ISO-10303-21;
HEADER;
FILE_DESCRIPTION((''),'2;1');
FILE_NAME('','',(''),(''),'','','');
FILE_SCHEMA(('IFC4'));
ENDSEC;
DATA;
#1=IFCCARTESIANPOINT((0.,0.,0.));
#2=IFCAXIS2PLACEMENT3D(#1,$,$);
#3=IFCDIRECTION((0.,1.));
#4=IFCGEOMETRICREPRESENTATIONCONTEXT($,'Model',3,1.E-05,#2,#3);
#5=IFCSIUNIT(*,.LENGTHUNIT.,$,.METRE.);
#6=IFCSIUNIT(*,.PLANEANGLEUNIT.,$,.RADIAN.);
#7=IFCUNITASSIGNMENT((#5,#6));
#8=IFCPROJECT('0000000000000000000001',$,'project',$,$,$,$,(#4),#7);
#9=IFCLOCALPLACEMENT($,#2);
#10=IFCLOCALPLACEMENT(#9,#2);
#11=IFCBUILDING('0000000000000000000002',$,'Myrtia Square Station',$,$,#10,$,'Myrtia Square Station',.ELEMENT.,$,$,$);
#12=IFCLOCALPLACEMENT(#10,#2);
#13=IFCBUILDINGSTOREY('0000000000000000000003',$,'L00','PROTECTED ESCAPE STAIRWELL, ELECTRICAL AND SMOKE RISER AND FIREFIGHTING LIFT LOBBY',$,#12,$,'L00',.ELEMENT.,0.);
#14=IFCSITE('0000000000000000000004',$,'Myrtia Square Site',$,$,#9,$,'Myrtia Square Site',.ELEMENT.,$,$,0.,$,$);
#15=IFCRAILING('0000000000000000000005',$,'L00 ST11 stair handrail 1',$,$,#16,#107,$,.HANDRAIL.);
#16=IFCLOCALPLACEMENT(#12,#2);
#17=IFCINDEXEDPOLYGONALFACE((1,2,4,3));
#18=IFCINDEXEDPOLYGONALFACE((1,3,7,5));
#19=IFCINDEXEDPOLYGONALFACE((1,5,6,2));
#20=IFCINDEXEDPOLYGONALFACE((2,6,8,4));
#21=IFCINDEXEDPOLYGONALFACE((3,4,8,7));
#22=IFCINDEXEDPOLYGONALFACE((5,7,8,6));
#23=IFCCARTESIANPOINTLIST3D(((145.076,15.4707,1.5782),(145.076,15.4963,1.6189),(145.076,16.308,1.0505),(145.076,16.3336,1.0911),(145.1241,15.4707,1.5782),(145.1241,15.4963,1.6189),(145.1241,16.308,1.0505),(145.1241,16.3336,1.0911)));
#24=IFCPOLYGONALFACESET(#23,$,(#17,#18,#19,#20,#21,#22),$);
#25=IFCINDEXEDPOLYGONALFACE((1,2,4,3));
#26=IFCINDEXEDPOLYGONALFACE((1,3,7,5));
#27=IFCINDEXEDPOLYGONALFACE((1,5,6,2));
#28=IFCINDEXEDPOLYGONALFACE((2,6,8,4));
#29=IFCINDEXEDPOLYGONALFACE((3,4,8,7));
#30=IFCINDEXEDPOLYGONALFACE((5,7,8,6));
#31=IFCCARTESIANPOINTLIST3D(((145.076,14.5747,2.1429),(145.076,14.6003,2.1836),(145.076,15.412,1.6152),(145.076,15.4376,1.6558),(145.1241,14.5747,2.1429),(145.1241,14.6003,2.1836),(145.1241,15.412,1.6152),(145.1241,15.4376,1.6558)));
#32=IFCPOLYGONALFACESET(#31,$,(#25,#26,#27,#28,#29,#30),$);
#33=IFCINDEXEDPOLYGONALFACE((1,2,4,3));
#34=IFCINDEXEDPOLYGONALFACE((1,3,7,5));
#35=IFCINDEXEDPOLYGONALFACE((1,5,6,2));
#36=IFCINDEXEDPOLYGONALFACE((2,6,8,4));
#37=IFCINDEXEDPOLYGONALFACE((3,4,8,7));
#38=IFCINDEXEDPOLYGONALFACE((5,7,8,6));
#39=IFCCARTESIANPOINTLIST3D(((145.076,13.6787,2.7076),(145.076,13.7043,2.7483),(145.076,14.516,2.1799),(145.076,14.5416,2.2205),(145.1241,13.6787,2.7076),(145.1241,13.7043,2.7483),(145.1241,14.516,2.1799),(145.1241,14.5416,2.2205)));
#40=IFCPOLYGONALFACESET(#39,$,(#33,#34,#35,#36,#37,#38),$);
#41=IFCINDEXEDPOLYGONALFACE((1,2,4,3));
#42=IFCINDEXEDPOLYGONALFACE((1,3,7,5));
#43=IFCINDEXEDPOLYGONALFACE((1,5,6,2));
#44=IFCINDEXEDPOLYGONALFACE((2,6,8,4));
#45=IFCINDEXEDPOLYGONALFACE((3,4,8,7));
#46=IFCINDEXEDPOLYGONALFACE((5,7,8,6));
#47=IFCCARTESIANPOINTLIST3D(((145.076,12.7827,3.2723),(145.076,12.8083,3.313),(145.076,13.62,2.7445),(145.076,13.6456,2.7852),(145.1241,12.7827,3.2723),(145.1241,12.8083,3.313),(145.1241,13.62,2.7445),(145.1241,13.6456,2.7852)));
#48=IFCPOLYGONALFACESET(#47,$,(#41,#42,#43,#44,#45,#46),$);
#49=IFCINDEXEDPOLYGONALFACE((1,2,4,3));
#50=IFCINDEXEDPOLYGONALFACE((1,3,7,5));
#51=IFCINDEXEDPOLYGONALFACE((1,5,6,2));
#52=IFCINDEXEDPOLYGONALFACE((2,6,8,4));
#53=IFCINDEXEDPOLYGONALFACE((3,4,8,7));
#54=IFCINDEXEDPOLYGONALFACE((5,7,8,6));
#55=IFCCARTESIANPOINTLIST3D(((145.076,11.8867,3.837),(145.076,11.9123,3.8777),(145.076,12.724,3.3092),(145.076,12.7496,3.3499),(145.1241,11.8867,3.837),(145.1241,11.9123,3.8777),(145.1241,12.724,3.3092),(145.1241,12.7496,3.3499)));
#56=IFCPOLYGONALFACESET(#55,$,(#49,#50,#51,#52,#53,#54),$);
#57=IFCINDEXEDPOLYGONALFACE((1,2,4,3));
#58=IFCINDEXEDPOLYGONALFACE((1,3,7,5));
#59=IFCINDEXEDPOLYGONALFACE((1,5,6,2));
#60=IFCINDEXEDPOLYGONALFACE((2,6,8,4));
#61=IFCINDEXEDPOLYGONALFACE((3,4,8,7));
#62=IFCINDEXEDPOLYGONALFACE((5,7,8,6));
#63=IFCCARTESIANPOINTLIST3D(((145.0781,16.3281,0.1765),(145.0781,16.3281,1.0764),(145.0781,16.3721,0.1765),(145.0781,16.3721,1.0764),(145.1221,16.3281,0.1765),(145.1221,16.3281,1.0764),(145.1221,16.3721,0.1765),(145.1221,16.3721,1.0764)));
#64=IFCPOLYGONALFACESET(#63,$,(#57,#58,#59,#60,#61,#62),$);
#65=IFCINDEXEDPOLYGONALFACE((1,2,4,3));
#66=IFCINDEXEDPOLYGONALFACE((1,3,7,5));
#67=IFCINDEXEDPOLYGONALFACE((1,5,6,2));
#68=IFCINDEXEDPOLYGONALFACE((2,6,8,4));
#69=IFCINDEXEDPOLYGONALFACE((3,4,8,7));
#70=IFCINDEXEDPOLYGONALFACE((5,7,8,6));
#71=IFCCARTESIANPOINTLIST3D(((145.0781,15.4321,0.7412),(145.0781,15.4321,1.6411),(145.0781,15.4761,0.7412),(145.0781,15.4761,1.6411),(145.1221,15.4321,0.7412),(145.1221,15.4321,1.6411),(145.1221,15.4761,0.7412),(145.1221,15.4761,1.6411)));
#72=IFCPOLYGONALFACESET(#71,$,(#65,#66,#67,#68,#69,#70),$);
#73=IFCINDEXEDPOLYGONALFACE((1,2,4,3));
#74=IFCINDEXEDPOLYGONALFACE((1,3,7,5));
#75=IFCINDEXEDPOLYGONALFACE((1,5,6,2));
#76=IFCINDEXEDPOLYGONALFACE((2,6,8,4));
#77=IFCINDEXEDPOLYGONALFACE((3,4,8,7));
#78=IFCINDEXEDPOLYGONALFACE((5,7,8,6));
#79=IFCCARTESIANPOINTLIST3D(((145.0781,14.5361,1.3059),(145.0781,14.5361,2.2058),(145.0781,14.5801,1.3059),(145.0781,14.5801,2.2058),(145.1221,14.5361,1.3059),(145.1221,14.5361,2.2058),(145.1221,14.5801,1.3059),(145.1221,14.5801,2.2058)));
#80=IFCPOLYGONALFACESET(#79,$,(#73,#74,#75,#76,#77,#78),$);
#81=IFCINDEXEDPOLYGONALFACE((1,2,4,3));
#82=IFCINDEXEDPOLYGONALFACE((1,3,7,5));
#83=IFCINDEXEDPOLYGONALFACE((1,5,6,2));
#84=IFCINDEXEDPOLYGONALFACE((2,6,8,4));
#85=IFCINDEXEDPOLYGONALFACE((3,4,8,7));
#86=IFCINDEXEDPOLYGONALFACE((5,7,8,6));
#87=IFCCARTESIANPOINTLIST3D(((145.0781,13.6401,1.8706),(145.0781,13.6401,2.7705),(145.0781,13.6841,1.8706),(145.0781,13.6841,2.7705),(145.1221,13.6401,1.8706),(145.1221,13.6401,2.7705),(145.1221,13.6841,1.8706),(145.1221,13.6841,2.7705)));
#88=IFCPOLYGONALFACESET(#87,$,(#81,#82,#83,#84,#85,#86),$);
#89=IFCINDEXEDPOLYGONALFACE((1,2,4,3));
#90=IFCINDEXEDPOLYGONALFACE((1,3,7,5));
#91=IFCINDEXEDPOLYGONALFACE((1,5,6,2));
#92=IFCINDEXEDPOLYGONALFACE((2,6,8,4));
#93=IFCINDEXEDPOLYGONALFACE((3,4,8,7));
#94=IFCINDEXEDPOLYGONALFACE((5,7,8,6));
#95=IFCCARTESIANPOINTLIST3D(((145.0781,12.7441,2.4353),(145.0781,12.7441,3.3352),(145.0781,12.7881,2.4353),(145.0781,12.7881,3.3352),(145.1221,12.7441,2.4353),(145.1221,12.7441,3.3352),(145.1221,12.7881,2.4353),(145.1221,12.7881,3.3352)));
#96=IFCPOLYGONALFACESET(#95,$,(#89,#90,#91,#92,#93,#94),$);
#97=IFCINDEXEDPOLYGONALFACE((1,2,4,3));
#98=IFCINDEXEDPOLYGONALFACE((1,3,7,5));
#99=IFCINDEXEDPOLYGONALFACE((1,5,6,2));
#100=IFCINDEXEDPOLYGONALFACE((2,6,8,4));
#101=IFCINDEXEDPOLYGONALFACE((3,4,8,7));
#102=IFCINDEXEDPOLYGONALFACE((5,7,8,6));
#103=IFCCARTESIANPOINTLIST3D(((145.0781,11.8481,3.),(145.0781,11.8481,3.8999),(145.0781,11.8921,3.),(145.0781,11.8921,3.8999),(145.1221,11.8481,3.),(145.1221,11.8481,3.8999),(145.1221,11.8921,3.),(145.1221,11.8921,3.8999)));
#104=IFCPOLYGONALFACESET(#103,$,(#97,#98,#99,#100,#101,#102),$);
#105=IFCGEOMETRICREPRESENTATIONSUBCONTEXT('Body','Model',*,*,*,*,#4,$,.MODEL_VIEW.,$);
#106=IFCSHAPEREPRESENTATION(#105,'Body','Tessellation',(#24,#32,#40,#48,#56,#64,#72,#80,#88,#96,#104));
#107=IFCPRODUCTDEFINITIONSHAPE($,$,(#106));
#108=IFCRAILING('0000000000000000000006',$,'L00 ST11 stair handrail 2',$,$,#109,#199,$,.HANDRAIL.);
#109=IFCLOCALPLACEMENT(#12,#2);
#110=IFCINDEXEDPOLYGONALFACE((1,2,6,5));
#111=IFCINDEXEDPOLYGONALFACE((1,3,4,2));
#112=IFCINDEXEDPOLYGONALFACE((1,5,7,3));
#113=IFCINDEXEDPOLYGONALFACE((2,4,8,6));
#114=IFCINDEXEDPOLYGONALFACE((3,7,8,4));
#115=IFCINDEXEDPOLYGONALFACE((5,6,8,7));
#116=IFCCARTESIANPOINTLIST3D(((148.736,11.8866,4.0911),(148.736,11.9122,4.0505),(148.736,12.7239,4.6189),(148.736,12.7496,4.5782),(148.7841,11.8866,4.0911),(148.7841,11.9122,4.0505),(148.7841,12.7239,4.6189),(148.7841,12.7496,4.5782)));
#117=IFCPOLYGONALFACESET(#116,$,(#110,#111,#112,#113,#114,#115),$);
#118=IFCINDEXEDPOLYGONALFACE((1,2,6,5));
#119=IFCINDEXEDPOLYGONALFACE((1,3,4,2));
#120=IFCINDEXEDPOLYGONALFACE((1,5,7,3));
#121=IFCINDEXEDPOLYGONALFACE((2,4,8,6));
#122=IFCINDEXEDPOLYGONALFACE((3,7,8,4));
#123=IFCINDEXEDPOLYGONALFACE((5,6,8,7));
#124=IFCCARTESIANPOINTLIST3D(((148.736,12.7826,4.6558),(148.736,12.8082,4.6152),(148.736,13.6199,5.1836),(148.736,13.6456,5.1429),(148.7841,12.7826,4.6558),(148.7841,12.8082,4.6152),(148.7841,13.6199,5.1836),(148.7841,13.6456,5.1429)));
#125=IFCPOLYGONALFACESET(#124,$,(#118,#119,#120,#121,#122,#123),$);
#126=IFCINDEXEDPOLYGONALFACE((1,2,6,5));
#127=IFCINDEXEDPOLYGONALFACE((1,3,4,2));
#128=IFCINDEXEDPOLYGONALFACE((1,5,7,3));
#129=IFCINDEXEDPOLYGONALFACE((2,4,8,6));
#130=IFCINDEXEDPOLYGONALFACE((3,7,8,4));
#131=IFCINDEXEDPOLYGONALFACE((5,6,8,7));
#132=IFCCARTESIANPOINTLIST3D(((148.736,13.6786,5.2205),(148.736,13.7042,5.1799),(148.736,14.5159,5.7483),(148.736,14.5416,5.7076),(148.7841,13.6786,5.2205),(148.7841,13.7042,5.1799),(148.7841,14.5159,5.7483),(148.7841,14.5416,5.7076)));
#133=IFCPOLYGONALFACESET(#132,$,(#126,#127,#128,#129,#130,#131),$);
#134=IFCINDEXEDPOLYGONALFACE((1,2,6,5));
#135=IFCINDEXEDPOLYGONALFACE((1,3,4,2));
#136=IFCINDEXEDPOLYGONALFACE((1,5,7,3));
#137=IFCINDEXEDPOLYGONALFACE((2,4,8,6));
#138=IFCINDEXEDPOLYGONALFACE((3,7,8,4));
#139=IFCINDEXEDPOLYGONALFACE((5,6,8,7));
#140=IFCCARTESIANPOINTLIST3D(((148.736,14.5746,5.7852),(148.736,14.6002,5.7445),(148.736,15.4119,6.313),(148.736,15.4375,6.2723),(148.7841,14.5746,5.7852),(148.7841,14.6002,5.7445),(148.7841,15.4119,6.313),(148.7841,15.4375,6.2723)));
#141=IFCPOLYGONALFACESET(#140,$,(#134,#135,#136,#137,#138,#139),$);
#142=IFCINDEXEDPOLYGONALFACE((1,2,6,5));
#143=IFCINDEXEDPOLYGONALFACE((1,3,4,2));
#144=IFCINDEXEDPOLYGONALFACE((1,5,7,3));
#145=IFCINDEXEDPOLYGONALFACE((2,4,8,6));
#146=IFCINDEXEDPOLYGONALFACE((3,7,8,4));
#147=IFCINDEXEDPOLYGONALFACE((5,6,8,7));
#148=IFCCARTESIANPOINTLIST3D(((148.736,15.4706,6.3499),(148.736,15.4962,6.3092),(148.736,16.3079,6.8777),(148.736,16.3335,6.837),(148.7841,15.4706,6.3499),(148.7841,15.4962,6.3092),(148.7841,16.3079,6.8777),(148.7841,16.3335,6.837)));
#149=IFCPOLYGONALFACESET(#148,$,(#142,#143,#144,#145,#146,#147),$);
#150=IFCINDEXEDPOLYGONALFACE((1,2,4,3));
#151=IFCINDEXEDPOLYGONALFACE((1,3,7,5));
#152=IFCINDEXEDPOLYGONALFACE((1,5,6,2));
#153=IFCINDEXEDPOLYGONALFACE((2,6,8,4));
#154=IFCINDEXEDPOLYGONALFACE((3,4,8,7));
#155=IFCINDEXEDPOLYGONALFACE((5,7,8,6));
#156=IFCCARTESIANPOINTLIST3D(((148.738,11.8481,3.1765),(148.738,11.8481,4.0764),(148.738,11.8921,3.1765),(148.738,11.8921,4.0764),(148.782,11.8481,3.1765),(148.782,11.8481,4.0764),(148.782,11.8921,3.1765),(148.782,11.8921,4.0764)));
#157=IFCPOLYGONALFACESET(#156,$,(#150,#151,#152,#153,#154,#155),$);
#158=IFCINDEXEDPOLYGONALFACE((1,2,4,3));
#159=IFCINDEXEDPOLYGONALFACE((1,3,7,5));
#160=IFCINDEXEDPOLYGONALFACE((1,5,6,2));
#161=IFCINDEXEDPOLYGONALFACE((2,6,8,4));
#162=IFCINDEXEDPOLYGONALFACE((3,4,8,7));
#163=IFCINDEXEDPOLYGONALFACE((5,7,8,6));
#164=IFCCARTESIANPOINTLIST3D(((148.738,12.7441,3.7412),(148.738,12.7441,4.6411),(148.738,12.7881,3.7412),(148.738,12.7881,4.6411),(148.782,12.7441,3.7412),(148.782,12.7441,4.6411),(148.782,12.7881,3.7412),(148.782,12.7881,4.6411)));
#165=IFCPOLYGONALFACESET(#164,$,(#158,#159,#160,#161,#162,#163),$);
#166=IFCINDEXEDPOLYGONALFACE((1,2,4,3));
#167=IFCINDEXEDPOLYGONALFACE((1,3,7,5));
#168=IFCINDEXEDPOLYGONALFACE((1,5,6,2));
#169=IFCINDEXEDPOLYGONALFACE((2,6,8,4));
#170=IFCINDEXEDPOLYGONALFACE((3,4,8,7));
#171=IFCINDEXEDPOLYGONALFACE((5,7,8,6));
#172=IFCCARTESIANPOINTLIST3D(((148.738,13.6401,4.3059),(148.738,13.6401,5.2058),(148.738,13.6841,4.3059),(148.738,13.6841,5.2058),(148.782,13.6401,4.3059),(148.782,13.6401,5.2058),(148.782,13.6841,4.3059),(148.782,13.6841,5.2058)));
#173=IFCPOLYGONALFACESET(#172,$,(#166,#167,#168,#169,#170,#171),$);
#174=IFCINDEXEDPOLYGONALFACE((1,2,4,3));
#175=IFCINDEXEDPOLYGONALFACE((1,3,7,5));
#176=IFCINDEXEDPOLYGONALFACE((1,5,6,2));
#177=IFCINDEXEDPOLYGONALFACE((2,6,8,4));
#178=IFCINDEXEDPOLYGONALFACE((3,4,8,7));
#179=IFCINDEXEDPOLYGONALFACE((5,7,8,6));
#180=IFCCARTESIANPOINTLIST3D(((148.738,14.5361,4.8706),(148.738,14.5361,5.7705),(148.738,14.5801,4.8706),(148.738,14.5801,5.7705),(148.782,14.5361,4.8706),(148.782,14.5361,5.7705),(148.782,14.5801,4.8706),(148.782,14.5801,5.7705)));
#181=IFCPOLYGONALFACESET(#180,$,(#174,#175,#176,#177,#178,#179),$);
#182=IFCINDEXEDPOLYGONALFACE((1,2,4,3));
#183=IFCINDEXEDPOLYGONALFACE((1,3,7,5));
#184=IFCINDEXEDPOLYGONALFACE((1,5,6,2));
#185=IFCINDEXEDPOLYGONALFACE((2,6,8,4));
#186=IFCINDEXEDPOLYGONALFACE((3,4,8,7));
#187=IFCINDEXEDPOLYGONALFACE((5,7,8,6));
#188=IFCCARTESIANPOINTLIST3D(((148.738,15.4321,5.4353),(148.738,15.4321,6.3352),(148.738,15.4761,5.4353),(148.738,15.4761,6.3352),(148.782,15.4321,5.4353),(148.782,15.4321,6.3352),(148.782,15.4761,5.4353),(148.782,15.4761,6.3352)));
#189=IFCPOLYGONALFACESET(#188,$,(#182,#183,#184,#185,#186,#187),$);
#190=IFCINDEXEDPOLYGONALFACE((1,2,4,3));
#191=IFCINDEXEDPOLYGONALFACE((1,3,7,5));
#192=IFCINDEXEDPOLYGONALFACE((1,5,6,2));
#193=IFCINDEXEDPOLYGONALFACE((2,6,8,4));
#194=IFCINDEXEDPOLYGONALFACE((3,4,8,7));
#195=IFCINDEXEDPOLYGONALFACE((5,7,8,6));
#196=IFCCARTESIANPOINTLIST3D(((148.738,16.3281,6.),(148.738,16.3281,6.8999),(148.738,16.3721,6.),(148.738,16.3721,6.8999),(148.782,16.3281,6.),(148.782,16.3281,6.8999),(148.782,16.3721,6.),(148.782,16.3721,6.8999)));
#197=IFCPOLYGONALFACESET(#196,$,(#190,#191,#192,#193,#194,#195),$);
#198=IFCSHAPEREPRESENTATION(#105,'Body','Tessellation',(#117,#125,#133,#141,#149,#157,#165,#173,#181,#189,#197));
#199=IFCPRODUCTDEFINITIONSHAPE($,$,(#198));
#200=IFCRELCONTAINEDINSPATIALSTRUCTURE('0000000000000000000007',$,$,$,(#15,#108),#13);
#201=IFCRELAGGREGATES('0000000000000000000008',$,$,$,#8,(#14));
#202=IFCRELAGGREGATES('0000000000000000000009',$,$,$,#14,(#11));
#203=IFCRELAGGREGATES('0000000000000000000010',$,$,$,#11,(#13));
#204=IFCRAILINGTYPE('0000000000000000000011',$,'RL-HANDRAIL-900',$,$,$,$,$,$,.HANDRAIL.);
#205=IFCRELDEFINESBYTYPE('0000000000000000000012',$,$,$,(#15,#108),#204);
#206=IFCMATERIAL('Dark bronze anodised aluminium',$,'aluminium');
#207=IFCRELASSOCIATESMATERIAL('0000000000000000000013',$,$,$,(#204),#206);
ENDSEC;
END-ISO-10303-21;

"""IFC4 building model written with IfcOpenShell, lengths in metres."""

from ifc_helpers import new_model, si_unit, direction, frame, origin, origin_2d, place, context, subcontext, project, spatial, rectangle, extrude, material, type_object, element, save


model = new_model("IFC4")

# Units and contexts
model_context = context("Model", 3, precision=1e-05, world=origin(), true_north=direction((0.0, 1.0)))
body_context = subcontext(model_context, "Body", "Model", "MODEL_VIEW")
ifc_project = project(units=[si_unit("LENGTHUNIT", "METRE"), si_unit("PLANEANGLEUNIT", "RADIAN")], contexts=[model_context])

# Site, building, storey
site_placement = place(None, origin())
site = spatial("IfcSite", under=ifc_project, at=site_placement, Name="Myrtia Square Site", LongName="Myrtia Square Site", CompositionType="ELEMENT", RefElevation=0.0)
building_placement = place(site_placement, origin())
building = spatial("IfcBuilding", under=site, at=building_placement, Name="Myrtia Square Station", LongName="Myrtia Square Station", CompositionType="ELEMENT")
storey_placement = place(building_placement, origin())
storey = spatial("IfcBuildingStorey", under=building, at=storey_placement, Name="L00", Description="PROTECTED ESCAPE STAIRWELL, ELECTRICAL AND SMOKE RISER AND FIREFIGHTING LIFT LOBBY", LongName="L00", CompositionType="ELEMENT", Elevation=0.0)

# Shared definitions
ifc_material_1 = material(Name="Dark bronze anodised aluminium", Category="aluminium")

# Railings
railing_type_1 = type_object("IfcRailingType", Name="RL-HANDRAIL-900", PredefinedType="HANDRAIL", material=ifc_material_1)
railing_1_placement = place(storey_placement, frame((145.1001, 16.3501, 0.1765)))
element("IfcRailing", 1, at=railing_1_placement, inside=storey, type_object=railing_type_1, Name="L00 ST11 stair handrail 1", PredefinedType="HANDRAIL", context=body_context, shape_type="SweptSolid", body=[
    extrude(rectangle(XDim=0.0481, YDim=0.0481, at=origin_2d()), frame((0.0, -0.0293, 0.8943), z_axis=(0.0, -0.845998, 0.533186), x_axis=(1.0, 0.0, 0.0)), (0.0, 0.0, 1.0), 0.9897),
    extrude(rectangle(XDim=0.0481, YDim=0.0481, at=origin_2d()), frame((0.0, -0.9253, 1.459), z_axis=(0.0, -0.845998, 0.533186), x_axis=(1.0, 0.0, 0.0)), (0.0, 0.0, 1.0), 0.9897),
    extrude(rectangle(XDim=0.0481, YDim=0.0481, at=origin_2d()), frame((0.0, -1.8213, 2.0237), z_axis=(0.0, -0.845998, 0.533186), x_axis=(1.0, 0.0, 0.0)), (0.0, 0.0, 1.0), 0.9897),
    extrude(rectangle(XDim=0.0481, YDim=0.0481, at=origin_2d()), frame((0.0, -2.7173, 2.5884), z_axis=(0.0, -0.845998, 0.533186), x_axis=(1.0, 0.0, 0.0)), (0.0, 0.0, 1.0), 0.9897),
    extrude(rectangle(XDim=0.0481, YDim=0.0481, at=origin_2d()), frame((0.0, -3.6133, 3.1531), z_axis=(0.0, -0.845998, 0.533186), x_axis=(1.0, 0.0, 0.0)), (0.0, 0.0, 1.0), 0.9897),
    extrude(rectangle(XDim=0.0439, YDim=0.0439, at=origin_2d()), origin(), (0.0, 0.0, 1.0), 0.8999),
    extrude(rectangle(XDim=0.0439, YDim=0.0439, at=origin_2d()), frame((0.0, -0.896, 0.5647)), (0.0, 0.0, 1.0), 0.8999),
    extrude(rectangle(XDim=0.0439, YDim=0.0439, at=origin_2d()), frame((0.0, -1.792, 1.1294)), (0.0, 0.0, 1.0), 0.8999),
    extrude(rectangle(XDim=0.0439, YDim=0.0439, at=origin_2d()), frame((0.0, -2.688, 1.6941)), (0.0, 0.0, 1.0), 0.8999),
    extrude(rectangle(XDim=0.0439, YDim=0.0439, at=origin_2d()), frame((0.0, -3.584, 2.2588)), (0.0, 0.0, 1.0), 0.8999),
    extrude(rectangle(XDim=0.0439, YDim=0.0439, at=origin_2d()), frame((0.0, -4.48, 2.8235)), (0.0, 0.0, 1.0), 0.8999),
])
railing_2_placement = place(storey_placement, frame((148.76, 11.8701, 3.1765)))
element("IfcRailing", 2, at=railing_2_placement, inside=storey, type_object=railing_type_1, Name="L00 ST11 stair handrail 2", PredefinedType="HANDRAIL", context=body_context, shape_type="SweptSolid", body=[
    extrude(rectangle(XDim=0.0481, YDim=0.0481, at=origin_2d()), frame((0.0, 0.0293, 0.8943), z_axis=(0.0, 0.845998, 0.533186), x_axis=(-1.0, 0.0, 0.0)), (0.0, 0.0, 1.0), 0.9897),
    extrude(rectangle(XDim=0.0481, YDim=0.0481, at=origin_2d()), frame((0.0, 0.9253, 1.459), z_axis=(0.0, 0.845998, 0.533186), x_axis=(-1.0, 0.0, 0.0)), (0.0, 0.0, 1.0), 0.9897),
    extrude(rectangle(XDim=0.0481, YDim=0.0481, at=origin_2d()), frame((0.0, 1.8213, 2.0237), z_axis=(0.0, 0.845998, 0.533186), x_axis=(-1.0, 0.0, 0.0)), (0.0, 0.0, 1.0), 0.9897),
    extrude(rectangle(XDim=0.0481, YDim=0.0481, at=origin_2d()), frame((0.0, 2.7173, 2.5884), z_axis=(0.0, 0.845998, 0.533186), x_axis=(-1.0, 0.0, 0.0)), (0.0, 0.0, 1.0), 0.9897),
    extrude(rectangle(XDim=0.0481, YDim=0.0481, at=origin_2d()), frame((0.0, 3.6133, 3.1531), z_axis=(0.0, 0.845998, 0.533186), x_axis=(-1.0, 0.0, 0.0)), (0.0, 0.0, 1.0), 0.9897),
    extrude(rectangle(XDim=0.0439, YDim=0.0439, at=origin_2d()), origin(), (0.0, 0.0, 1.0), 0.8999),
    extrude(rectangle(XDim=0.0439, YDim=0.0439, at=origin_2d()), frame((0.0, 0.896, 0.5647)), (0.0, 0.0, 1.0), 0.8999),
    extrude(rectangle(XDim=0.0439, YDim=0.0439, at=origin_2d()), frame((0.0, 1.792, 1.1294)), (0.0, 0.0, 1.0), 0.8999),
    extrude(rectangle(XDim=0.0439, YDim=0.0439, at=origin_2d()), frame((0.0, 2.688, 1.6941)), (0.0, 0.0, 1.0), 0.8999),
    extrude(rectangle(XDim=0.0439, YDim=0.0439, at=origin_2d()), frame((0.0, 3.584, 2.2588)), (0.0, 0.0, 1.0), 0.8999),
    extrude(rectangle(XDim=0.0439, YDim=0.0439, at=origin_2d()), frame((0.0, 4.48, 2.8235)), (0.0, 0.0, 1.0), 0.8999),
])

save(model, "model.ifc")
